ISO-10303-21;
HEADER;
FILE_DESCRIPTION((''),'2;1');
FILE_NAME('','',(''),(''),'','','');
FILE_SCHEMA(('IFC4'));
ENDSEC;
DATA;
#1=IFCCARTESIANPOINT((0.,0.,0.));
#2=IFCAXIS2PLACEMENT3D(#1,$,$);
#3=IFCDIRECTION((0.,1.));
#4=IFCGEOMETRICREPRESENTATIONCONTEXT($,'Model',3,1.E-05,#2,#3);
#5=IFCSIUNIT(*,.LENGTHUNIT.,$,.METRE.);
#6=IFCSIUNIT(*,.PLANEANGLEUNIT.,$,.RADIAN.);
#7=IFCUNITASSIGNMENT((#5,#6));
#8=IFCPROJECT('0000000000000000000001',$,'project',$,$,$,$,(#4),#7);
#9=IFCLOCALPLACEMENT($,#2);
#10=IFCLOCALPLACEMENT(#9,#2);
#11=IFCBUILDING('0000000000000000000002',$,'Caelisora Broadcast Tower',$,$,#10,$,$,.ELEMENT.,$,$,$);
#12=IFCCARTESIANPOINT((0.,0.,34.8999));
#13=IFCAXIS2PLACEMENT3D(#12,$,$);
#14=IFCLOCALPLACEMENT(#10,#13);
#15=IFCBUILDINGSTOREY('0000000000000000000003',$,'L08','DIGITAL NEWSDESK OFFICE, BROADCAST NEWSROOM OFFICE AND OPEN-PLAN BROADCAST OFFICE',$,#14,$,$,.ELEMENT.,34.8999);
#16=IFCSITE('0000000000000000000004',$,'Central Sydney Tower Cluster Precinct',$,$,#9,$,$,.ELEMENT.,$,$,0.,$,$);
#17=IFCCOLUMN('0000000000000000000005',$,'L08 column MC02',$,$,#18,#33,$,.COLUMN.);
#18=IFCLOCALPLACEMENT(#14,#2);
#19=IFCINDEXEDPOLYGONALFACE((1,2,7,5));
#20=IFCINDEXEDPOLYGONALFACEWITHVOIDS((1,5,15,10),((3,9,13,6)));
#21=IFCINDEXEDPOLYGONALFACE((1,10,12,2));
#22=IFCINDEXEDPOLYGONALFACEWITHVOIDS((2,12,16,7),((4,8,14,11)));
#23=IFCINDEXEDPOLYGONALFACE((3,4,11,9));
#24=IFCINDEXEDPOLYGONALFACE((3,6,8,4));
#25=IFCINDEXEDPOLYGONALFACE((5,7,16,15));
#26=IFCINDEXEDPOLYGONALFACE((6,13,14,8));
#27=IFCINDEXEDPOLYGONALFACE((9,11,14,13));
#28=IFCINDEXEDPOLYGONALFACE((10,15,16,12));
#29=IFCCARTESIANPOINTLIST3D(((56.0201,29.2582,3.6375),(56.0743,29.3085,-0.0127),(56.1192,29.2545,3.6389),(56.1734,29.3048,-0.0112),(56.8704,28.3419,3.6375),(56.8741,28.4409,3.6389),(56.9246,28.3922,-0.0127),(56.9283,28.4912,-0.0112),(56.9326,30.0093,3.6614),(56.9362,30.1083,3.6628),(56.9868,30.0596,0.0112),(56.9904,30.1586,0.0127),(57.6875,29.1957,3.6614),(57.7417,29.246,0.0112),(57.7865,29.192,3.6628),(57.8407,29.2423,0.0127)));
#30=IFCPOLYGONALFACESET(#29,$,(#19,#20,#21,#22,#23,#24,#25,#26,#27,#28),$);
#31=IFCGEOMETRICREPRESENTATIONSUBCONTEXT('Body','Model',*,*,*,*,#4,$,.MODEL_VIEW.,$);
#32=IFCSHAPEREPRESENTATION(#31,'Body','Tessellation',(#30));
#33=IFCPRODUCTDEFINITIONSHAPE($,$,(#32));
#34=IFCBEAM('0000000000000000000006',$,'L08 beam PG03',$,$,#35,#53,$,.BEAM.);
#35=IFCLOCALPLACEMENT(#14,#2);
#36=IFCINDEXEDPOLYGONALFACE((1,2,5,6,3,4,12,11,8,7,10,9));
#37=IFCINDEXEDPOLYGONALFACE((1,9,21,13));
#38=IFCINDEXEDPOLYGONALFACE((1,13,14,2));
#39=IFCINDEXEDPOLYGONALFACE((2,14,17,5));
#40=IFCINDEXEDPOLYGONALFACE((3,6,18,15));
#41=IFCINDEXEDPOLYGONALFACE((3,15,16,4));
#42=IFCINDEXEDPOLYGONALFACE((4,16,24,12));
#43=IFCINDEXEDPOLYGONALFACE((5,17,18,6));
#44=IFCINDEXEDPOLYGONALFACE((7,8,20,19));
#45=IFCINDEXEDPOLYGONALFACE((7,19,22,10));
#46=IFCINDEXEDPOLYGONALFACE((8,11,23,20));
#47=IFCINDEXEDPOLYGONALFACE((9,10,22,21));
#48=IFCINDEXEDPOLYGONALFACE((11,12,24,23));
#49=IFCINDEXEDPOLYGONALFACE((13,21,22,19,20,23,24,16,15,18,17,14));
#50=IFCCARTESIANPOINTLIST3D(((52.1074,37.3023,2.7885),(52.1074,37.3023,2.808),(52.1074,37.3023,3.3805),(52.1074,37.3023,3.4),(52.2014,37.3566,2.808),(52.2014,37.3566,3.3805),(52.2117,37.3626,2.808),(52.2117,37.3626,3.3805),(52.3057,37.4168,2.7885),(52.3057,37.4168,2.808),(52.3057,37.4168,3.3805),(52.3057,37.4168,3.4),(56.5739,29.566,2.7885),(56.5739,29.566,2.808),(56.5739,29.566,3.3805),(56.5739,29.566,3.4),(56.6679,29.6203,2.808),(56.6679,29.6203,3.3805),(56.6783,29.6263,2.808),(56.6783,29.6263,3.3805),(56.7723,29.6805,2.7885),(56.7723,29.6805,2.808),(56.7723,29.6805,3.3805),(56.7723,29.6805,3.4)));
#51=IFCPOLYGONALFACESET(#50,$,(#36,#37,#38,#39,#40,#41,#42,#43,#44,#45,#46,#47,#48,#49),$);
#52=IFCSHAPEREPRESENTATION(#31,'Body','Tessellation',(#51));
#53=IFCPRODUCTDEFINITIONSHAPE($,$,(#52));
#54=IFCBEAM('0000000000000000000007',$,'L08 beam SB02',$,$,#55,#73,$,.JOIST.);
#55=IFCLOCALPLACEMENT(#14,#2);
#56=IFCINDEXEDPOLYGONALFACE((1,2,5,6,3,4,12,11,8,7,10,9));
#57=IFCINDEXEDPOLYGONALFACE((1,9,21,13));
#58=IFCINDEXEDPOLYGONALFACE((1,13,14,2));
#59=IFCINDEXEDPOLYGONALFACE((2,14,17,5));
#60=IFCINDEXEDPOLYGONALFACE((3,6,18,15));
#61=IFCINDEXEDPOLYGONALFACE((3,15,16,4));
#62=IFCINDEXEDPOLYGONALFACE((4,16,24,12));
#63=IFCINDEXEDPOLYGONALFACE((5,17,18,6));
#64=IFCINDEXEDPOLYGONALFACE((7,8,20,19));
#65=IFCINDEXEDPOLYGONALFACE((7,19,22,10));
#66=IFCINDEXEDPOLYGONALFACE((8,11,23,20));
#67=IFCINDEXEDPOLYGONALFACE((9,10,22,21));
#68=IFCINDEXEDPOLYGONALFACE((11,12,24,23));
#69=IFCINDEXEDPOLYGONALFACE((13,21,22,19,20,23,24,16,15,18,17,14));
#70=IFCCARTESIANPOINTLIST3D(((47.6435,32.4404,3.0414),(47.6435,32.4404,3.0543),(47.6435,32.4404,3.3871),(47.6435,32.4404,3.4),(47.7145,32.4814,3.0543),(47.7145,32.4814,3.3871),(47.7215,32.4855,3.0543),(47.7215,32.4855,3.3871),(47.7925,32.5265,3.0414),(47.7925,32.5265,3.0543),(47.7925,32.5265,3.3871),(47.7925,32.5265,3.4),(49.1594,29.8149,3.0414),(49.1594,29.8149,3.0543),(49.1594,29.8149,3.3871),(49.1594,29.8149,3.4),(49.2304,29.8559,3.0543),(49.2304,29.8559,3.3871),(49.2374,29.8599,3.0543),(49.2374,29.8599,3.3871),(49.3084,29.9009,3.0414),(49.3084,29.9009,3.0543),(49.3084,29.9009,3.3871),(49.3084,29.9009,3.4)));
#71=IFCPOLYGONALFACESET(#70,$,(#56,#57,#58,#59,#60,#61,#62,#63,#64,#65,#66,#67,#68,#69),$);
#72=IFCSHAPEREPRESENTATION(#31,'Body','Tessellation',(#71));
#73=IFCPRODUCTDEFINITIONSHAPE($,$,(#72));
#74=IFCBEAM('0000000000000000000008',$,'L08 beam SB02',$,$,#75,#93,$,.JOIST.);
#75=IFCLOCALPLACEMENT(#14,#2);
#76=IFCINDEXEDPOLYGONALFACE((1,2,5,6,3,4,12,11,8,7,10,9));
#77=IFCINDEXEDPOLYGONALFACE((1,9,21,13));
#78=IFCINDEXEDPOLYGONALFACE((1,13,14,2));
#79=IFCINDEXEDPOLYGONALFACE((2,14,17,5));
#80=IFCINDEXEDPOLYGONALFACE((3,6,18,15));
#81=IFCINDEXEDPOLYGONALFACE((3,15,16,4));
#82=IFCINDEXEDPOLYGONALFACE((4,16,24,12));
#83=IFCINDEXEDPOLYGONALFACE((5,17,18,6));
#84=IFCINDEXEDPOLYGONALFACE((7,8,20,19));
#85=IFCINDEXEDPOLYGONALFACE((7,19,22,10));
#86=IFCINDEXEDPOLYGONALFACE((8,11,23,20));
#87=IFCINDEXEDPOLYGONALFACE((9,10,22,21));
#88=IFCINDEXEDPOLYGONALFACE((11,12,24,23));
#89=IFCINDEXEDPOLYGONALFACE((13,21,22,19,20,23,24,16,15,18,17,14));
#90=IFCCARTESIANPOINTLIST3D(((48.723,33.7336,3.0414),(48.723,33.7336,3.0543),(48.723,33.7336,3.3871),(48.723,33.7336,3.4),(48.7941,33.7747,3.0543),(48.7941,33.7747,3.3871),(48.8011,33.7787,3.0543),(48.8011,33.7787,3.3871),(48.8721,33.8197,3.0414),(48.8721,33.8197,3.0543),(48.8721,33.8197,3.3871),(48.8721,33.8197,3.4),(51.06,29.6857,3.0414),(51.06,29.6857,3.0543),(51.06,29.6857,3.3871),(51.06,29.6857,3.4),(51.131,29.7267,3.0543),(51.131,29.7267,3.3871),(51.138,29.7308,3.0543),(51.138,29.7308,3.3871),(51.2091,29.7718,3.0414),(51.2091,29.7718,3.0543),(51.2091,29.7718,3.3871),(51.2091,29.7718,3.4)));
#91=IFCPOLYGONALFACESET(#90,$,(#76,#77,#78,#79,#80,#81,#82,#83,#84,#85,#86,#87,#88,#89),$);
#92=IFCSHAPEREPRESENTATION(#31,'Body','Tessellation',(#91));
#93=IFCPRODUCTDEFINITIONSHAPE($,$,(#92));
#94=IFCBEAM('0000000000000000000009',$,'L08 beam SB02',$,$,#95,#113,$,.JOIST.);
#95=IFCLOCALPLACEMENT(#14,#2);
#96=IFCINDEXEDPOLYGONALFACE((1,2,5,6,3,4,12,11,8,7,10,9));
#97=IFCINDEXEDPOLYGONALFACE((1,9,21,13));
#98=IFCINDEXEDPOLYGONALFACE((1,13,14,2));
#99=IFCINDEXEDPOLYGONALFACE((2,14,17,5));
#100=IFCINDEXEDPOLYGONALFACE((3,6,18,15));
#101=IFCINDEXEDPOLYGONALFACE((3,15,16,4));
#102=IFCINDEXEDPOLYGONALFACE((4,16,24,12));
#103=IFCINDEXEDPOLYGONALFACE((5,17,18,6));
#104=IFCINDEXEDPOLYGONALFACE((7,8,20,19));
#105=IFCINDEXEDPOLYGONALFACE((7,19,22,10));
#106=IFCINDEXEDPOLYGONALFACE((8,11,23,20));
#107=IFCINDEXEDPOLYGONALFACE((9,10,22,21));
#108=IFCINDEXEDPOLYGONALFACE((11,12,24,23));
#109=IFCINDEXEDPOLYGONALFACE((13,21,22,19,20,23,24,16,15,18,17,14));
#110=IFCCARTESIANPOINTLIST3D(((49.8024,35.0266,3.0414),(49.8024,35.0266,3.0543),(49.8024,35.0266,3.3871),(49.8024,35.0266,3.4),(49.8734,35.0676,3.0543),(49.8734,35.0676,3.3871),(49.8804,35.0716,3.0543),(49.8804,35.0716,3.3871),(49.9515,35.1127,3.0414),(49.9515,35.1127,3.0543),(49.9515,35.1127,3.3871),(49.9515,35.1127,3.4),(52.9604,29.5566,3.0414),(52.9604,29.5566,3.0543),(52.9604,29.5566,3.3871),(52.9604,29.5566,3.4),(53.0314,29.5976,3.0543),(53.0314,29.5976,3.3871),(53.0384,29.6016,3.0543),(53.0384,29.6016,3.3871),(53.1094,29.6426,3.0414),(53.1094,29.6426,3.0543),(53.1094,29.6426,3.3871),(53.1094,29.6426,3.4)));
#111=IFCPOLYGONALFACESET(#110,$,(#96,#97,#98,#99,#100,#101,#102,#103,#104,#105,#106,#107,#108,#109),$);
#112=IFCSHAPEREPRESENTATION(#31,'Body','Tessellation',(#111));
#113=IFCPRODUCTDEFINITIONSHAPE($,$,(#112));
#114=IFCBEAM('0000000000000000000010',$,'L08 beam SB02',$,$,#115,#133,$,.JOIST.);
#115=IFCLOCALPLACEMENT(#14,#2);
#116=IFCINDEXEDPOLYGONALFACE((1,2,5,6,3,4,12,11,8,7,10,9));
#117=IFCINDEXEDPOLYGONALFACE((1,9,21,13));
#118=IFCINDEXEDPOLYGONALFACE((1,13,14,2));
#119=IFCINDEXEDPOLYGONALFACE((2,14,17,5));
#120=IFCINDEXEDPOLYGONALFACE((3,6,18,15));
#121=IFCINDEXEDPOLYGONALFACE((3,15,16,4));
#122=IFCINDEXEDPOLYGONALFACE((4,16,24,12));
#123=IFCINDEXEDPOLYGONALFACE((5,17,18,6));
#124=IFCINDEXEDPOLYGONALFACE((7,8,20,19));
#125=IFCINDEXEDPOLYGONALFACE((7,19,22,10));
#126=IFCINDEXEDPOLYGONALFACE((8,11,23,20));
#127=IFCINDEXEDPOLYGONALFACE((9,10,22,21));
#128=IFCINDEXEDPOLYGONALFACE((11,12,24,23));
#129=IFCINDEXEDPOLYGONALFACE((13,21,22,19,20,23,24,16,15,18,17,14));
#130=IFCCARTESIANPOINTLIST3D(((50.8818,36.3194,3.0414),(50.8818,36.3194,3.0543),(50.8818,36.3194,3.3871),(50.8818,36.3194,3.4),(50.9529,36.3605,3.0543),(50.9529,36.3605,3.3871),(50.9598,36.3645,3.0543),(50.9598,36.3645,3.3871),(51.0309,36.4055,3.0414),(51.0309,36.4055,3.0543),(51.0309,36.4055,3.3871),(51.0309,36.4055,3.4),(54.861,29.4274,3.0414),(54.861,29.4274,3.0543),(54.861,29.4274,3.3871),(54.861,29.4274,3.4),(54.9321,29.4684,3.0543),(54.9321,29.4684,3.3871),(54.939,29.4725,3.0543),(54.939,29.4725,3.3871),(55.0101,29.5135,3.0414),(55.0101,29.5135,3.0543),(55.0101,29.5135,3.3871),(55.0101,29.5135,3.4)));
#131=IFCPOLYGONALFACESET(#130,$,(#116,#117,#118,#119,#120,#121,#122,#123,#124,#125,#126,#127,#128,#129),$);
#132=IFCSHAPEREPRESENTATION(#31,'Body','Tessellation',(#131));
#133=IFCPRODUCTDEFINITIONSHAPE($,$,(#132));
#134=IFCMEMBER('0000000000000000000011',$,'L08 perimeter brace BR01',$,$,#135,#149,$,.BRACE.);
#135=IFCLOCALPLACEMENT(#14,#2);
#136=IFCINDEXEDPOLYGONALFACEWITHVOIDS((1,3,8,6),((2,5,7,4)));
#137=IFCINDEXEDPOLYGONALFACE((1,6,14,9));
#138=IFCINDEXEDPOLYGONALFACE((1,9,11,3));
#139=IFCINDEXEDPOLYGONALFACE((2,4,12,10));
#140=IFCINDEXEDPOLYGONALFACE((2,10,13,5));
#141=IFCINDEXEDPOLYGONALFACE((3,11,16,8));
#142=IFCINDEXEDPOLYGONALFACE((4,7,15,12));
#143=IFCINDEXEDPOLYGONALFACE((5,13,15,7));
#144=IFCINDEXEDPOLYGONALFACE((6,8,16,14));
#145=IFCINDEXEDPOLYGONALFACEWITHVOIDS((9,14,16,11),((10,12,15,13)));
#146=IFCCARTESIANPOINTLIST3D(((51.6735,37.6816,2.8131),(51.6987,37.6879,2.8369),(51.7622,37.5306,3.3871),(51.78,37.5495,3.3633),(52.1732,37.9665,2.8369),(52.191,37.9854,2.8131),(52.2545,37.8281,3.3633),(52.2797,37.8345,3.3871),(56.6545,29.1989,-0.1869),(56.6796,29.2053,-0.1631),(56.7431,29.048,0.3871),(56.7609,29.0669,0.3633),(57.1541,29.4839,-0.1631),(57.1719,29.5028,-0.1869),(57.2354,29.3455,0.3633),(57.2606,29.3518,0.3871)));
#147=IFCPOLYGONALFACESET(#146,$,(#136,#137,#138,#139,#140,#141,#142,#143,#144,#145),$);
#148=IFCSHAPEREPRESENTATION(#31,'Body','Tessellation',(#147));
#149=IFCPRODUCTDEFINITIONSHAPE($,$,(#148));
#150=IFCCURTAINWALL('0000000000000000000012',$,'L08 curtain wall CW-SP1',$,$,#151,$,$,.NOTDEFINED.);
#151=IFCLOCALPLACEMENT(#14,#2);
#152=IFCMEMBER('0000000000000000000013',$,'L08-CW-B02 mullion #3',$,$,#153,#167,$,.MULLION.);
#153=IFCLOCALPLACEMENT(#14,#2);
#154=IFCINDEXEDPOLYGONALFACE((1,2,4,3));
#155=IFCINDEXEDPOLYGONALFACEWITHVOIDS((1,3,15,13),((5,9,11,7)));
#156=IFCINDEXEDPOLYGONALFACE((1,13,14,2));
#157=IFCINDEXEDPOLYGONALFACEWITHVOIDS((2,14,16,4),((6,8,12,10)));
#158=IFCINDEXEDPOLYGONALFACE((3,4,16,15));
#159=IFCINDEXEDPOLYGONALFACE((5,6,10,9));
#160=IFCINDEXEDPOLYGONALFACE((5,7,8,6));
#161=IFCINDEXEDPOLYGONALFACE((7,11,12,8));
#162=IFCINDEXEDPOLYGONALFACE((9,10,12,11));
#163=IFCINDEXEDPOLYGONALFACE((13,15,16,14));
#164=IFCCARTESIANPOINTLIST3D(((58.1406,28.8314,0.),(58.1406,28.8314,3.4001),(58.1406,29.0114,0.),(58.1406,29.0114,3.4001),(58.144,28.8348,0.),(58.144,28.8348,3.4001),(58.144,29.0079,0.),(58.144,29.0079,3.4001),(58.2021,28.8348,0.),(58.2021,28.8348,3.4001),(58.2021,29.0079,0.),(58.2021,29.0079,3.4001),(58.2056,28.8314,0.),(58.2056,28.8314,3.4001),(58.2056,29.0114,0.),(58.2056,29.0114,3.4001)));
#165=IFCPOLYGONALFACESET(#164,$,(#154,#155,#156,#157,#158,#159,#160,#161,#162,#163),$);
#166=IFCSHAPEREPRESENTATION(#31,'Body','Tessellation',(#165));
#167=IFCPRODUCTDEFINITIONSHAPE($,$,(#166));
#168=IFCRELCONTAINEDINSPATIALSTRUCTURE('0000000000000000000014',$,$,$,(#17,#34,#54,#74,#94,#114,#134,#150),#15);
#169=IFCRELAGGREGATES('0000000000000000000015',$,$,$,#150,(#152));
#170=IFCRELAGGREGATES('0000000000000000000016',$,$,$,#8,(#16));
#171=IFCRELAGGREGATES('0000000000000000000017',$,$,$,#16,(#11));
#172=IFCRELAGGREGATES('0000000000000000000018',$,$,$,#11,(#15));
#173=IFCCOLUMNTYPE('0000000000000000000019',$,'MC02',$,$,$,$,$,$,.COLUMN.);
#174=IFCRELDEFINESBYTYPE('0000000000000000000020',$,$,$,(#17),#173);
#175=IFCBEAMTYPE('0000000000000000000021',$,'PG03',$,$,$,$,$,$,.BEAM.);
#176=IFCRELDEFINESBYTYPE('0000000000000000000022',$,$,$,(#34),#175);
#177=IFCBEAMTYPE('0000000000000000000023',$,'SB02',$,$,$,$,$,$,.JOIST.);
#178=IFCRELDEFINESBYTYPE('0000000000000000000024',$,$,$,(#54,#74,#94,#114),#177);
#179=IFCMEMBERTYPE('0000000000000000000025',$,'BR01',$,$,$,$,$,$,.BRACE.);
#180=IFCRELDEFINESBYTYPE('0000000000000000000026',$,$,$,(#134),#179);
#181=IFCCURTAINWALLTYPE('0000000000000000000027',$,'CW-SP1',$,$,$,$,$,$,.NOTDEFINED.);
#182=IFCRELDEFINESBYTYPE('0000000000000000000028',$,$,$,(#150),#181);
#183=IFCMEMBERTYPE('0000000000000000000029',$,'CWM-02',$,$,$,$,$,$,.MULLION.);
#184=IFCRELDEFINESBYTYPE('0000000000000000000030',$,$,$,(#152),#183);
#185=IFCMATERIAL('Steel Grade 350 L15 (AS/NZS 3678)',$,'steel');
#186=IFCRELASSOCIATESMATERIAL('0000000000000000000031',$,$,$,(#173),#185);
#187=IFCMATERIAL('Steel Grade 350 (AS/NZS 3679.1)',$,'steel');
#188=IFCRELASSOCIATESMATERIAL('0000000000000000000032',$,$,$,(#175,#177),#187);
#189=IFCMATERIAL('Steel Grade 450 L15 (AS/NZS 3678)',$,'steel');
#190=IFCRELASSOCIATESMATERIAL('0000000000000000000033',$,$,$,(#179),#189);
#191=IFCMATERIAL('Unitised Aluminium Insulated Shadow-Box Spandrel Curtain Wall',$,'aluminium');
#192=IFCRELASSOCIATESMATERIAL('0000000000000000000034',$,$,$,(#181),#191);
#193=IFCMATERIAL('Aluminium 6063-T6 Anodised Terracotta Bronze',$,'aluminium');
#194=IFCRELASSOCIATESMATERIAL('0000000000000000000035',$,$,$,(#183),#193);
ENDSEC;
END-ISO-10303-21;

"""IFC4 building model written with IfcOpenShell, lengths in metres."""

from ifc_helpers import new_model, si_unit, direction, frame, origin, origin_2d, place, context, subcontext, project, spatial, hollow_rectangle, i_section, extrude, source, transform, mapped, material, material_profile, profile_set, type_object, type_shapes, element, aggregate, save


model = new_model("IFC4")

# Units and contexts
model_context = context("Model", 3, precision=1e-05, world=origin(), true_north=direction((0.0, 1.0)))
body_context = subcontext(model_context, "Body", "Model", "MODEL_VIEW")
ifc_project = project(units=[si_unit("LENGTHUNIT", "METRE"), si_unit("PLANEANGLEUNIT", "RADIAN")], contexts=[model_context])

# Site, building, storey
site_placement = place(None, origin())
site = spatial("IfcSite", under=ifc_project, at=site_placement, Name="Central Sydney Tower Cluster Precinct", CompositionType="ELEMENT", RefElevation=0.0)
building_placement = place(site_placement, origin())
building = spatial("IfcBuilding", under=site, at=building_placement, Name="Caelisora Broadcast Tower", CompositionType="ELEMENT")
storey_placement = place(building_placement, frame((0.0, 0.0, 34.8999)))
storey = spatial("IfcBuildingStorey", under=building, at=storey_placement, Name="L08", Description="DIGITAL NEWSDESK OFFICE, BROADCAST NEWSROOM OFFICE AND OPEN-PLAN BROADCAST OFFICE", CompositionType="ELEMENT", Elevation=34.8999)

# Column
ifc_material_1 = material(Name="Steel Grade 350 L15 (AS/NZS 3678)", Category="steel")
ifc_material_profile_1 = material_profile(ifc_material_1, hollow_rectangle(XDim=1.25, YDim=1.25, WallThickness=0.0701, at=origin_2d()), Name="Steel Grade 350 L15 (AS/NZS 3678)")
ifc_profile_set_1 = profile_set([ifc_material_profile_1], Name="Steel Grade 350 L15 (AS/NZS 3678)")
column_type = type_object("IfcColumnType", Name="MC02", PredefinedType="COLUMN", material=ifc_profile_set_1)
shared_shape_1 = source(origin(), body_context, "Body", "SweptSolid", [
    extrude(hollow_rectangle(XDim=1.25, YDim=1.25, WallThickness=0.0701, at=origin_2d()), origin(), (0.0, 0.0, 1.0), 3.6509),
])
type_shapes(column_type, [shared_shape_1])
column_placement = place(storey_placement, frame((56.9575, 29.2754, 0.0), z_axis=(-0.014845, -0.013776, 0.999795), x_axis=(0.680198, -0.733029, 0.0)))
element("IfcColumn", 1, at=column_placement, inside=storey, type_object=column_type, Name="L08 column MC02", PredefinedType="COLUMN", context=body_context, shape_type="MappedRepresentation", body=[
    mapped(shared_shape_1, transform((0.0, 0.0, 0.0), scale=1.0)),
])

# Beams
ifc_material_2 = material(Name="Steel Grade 350 (AS/NZS 3679.1)", Category="steel")
ifc_material_profile_2 = material_profile(ifc_material_2, i_section(OverallWidth=0.229, OverallDepth=0.6116, WebThickness=0.012, FlangeThickness=0.0195, at=origin_2d()), Name="Steel Grade 350 (AS/NZS 3679.1)")
ifc_profile_set_2 = profile_set([ifc_material_profile_2], Name="Steel Grade 350 (AS/NZS 3679.1)")
beam_type_1 = type_object("IfcBeamType", Name="PG03", PredefinedType="BEAM", material=ifc_profile_set_2)
shared_shape_2 = source(origin(), body_context, "Body", "SweptSolid", [
    extrude(i_section(OverallWidth=0.229, OverallDepth=0.6116, WebThickness=0.012, FlangeThickness=0.0195, at=origin_2d()), origin(), (0.0, 0.0, 1.0), 8.9331),
])
type_shapes(beam_type_1, [shared_shape_2])
beam_1_placement = place(storey_placement, frame((56.6731, 29.6233, 3.0942), z_axis=(-0.499998, 0.866026, 0.0), x_axis=(-0.866026, -0.499998, 0.0)))
element("IfcBeam", 2, at=beam_1_placement, inside=storey, type_object=beam_type_1, Name="L08 beam PG03", PredefinedType="BEAM", context=body_context, shape_type="MappedRepresentation", body=[
    mapped(shared_shape_2, transform((0.0, 0.0, 0.0), scale=1.0)),
])
ifc_material_profile_3 = material_profile(ifc_material_2, i_section(OverallWidth=0.1721, OverallDepth=0.3586, WebThickness=0.0081, FlangeThickness=0.0129, at=origin_2d()), Name="Steel Grade 350 (AS/NZS 3679.1)")
ifc_profile_set_3 = profile_set([ifc_material_profile_3], Name="Steel Grade 350 (AS/NZS 3679.1)")
beam_type_2 = type_object("IfcBeamType", Name="SB02", PredefinedType="JOIST", material=ifc_profile_set_3)
shared_shape_3 = source(origin(), body_context, "Body", "SweptSolid", [
    extrude(i_section(OverallWidth=0.1721, OverallDepth=0.3586, WebThickness=0.0081, FlangeThickness=0.0129, at=origin_2d()), origin(), (0.0, 0.0, 1.0), 3.0317),
])
beam_2_placement = place(storey_placement, frame((49.2339, 29.8579, 3.2207), z_axis=(-0.500011, 0.866019, 0.0), x_axis=(-0.866019, -0.500011, 0.0)))
element("IfcBeam", 3, at=beam_2_placement, inside=storey, type_object=beam_type_2, Name="L08 beam SB02", PredefinedType="JOIST", context=body_context, shape_type="MappedRepresentation", body=[
    mapped(shared_shape_3, transform((0.0, 0.0, 0.0), scale=1.0)),
])
shared_shape_4 = source(origin(), body_context, "Body", "SweptSolid", [
    extrude(i_section(OverallWidth=0.1721, OverallDepth=0.3586, WebThickness=0.0081, FlangeThickness=0.0129, at=origin_2d()), origin(), (0.0, 0.0, 1.0), 4.6741),
])
beam_3_placement = place(storey_placement, frame((51.1345, 29.7288, 3.2207), z_axis=(-0.499982, 0.866036, 0.0), x_axis=(-0.866036, -0.499982, 0.0)))
element("IfcBeam", 4, at=beam_3_placement, inside=storey, type_object=beam_type_2, Name="L08 beam SB02", PredefinedType="JOIST", context=body_context, shape_type="MappedRepresentation", body=[
    mapped(shared_shape_4, transform((0.0, 0.0, 0.0), scale=1.0)),
])
shared_shape_5 = source(origin(), body_context, "Body", "SweptSolid", [
    extrude(i_section(OverallWidth=0.1721, OverallDepth=0.3586, WebThickness=0.0081, FlangeThickness=0.0129, at=origin_2d()), origin(), (0.0, 0.0, 1.0), 6.3162),
])
beam_4_placement = place(storey_placement, frame((53.0349, 29.5996, 3.2207), z_axis=(-0.499985, 0.866034, 0.0), x_axis=(-0.866034, -0.499985, 0.0)))
element("IfcBeam", 5, at=beam_4_placement, inside=storey, type_object=beam_type_2, Name="L08 beam SB02", PredefinedType="JOIST", context=body_context, shape_type="MappedRepresentation", body=[
    mapped(shared_shape_5, transform((0.0, 0.0, 0.0), scale=1.0)),
])
shared_shape_6 = source(origin(), body_context, "Body", "SweptSolid", [
    extrude(i_section(OverallWidth=0.1721, OverallDepth=0.3586, WebThickness=0.0081, FlangeThickness=0.0129, at=origin_2d()), origin(), (0.0, 0.0, 1.0), 7.9583),
])
type_shapes(beam_type_2, [shared_shape_3, shared_shape_4, shared_shape_5, shared_shape_6])
beam_5_placement = place(storey_placement, frame((54.9355, 29.4705, 3.2207), z_axis=(-0.500009, 0.86602, 0.0), x_axis=(-0.86602, -0.500009, 0.0)))
element("IfcBeam", 6, at=beam_5_placement, inside=storey, type_object=beam_type_2, Name="L08 beam SB02", PredefinedType="JOIST", context=body_context, shape_type="MappedRepresentation", body=[
    mapped(shared_shape_6, transform((0.0, 0.0, 0.0), scale=1.0)),
])

# Member
ifc_material_3 = material(Name="Steel Grade 450 L15 (AS/NZS 3678)", Category="steel")
ifc_material_profile_4 = material_profile(ifc_material_3, hollow_rectangle(XDim=0.6001, YDim=0.6001, WallThickness=0.0249, at=origin_2d()), Name="Steel Grade 450 L15 (AS/NZS 3678)")
ifc_profile_set_4 = profile_set([ifc_material_profile_4], Name="Steel Grade 450 L15 (AS/NZS 3678)")
member_type_1 = type_object("IfcMemberType", Name="BR01", PredefinedType="BRACE", material=ifc_profile_set_4)
shared_shape_7 = source(origin(), body_context, "Body", "SweptSolid", [
    extrude(hollow_rectangle(XDim=0.6001, YDim=0.6001, WallThickness=0.0249, at=origin_2d()), origin(), (0.0, 0.0, 1.0), 10.2842),
])
type_shapes(member_type_1, [shared_shape_7])
member_1_placement = place(storey_placement, frame((56.9575, 29.2754, 0.1001), z_axis=(-0.484329, 0.824822, 0.291709), x_axis=(-0.862327, -0.506352, 0.0)))
element("IfcMember", 7, at=member_1_placement, inside=storey, type_object=member_type_1, Name="L08 perimeter brace BR01", PredefinedType="BRACE", context=body_context, shape_type="MappedRepresentation", body=[
    mapped(shared_shape_7, transform((0.0, 0.0, 0.0), scale=1.0)),
])

# Curtain wall, member
ifc_material_4 = material(Name="Unitised Aluminium Insulated Shadow-Box Spandrel Curtain Wall", Category="aluminium")
curtain_wall_type_1 = type_object("IfcCurtainWallType", Name="CW-SP1", PredefinedType="NOTDEFINED", material=ifc_material_4)
curtain_wall_1_placement = place(storey_placement, origin())
curtain_wall_1 = element("IfcCurtainWall", 8, at=curtain_wall_1_placement, inside=storey, type_object=curtain_wall_type_1, Name="L08 curtain wall CW-SP1", PredefinedType="NOTDEFINED")
ifc_material_5 = material(Name="Aluminium 6063-T6 Anodised Terracotta Bronze", Category="aluminium")
ifc_material_profile_5 = material_profile(ifc_material_5, hollow_rectangle(XDim=0.0649, YDim=0.1799, WallThickness=0.0034, at=origin_2d()), Name="Aluminium 6063-T6 Anodised Terracotta Bronze")
ifc_profile_set_5 = profile_set([ifc_material_profile_5], Name="Aluminium 6063-T6 Anodised Terracotta Bronze")
member_type_2 = type_object("IfcMemberType", Name="CWM-02", PredefinedType="MULLION", material=ifc_profile_set_5)
shared_shape_8 = source(origin(), body_context, "Body", "SweptSolid", [
    extrude(hollow_rectangle(XDim=0.0649, YDim=0.1799, WallThickness=0.0034, at=origin_2d()), origin(), (0.0, 0.0, 1.0), 3.4001),
])
type_shapes(member_type_2, [shared_shape_8])
member_2_placement = place(storey_placement, frame((58.1731, 28.9214, 0.0), z_axis=(0.0, 0.0, 1.0), x_axis=(1.0, 0.0, 0.0)))
member_2 = element("IfcMember", 9, at=member_2_placement, type_object=member_type_2, Name="L08-CW-B02 mullion #3", PredefinedType="MULLION", context=body_context, shape_type="MappedRepresentation", body=[
    mapped(shared_shape_8, transform((0.0, 0.0, 0.0), scale=1.0)),
])

aggregate(curtain_wall_1, [member_2])

save(model, "model.ifc")
